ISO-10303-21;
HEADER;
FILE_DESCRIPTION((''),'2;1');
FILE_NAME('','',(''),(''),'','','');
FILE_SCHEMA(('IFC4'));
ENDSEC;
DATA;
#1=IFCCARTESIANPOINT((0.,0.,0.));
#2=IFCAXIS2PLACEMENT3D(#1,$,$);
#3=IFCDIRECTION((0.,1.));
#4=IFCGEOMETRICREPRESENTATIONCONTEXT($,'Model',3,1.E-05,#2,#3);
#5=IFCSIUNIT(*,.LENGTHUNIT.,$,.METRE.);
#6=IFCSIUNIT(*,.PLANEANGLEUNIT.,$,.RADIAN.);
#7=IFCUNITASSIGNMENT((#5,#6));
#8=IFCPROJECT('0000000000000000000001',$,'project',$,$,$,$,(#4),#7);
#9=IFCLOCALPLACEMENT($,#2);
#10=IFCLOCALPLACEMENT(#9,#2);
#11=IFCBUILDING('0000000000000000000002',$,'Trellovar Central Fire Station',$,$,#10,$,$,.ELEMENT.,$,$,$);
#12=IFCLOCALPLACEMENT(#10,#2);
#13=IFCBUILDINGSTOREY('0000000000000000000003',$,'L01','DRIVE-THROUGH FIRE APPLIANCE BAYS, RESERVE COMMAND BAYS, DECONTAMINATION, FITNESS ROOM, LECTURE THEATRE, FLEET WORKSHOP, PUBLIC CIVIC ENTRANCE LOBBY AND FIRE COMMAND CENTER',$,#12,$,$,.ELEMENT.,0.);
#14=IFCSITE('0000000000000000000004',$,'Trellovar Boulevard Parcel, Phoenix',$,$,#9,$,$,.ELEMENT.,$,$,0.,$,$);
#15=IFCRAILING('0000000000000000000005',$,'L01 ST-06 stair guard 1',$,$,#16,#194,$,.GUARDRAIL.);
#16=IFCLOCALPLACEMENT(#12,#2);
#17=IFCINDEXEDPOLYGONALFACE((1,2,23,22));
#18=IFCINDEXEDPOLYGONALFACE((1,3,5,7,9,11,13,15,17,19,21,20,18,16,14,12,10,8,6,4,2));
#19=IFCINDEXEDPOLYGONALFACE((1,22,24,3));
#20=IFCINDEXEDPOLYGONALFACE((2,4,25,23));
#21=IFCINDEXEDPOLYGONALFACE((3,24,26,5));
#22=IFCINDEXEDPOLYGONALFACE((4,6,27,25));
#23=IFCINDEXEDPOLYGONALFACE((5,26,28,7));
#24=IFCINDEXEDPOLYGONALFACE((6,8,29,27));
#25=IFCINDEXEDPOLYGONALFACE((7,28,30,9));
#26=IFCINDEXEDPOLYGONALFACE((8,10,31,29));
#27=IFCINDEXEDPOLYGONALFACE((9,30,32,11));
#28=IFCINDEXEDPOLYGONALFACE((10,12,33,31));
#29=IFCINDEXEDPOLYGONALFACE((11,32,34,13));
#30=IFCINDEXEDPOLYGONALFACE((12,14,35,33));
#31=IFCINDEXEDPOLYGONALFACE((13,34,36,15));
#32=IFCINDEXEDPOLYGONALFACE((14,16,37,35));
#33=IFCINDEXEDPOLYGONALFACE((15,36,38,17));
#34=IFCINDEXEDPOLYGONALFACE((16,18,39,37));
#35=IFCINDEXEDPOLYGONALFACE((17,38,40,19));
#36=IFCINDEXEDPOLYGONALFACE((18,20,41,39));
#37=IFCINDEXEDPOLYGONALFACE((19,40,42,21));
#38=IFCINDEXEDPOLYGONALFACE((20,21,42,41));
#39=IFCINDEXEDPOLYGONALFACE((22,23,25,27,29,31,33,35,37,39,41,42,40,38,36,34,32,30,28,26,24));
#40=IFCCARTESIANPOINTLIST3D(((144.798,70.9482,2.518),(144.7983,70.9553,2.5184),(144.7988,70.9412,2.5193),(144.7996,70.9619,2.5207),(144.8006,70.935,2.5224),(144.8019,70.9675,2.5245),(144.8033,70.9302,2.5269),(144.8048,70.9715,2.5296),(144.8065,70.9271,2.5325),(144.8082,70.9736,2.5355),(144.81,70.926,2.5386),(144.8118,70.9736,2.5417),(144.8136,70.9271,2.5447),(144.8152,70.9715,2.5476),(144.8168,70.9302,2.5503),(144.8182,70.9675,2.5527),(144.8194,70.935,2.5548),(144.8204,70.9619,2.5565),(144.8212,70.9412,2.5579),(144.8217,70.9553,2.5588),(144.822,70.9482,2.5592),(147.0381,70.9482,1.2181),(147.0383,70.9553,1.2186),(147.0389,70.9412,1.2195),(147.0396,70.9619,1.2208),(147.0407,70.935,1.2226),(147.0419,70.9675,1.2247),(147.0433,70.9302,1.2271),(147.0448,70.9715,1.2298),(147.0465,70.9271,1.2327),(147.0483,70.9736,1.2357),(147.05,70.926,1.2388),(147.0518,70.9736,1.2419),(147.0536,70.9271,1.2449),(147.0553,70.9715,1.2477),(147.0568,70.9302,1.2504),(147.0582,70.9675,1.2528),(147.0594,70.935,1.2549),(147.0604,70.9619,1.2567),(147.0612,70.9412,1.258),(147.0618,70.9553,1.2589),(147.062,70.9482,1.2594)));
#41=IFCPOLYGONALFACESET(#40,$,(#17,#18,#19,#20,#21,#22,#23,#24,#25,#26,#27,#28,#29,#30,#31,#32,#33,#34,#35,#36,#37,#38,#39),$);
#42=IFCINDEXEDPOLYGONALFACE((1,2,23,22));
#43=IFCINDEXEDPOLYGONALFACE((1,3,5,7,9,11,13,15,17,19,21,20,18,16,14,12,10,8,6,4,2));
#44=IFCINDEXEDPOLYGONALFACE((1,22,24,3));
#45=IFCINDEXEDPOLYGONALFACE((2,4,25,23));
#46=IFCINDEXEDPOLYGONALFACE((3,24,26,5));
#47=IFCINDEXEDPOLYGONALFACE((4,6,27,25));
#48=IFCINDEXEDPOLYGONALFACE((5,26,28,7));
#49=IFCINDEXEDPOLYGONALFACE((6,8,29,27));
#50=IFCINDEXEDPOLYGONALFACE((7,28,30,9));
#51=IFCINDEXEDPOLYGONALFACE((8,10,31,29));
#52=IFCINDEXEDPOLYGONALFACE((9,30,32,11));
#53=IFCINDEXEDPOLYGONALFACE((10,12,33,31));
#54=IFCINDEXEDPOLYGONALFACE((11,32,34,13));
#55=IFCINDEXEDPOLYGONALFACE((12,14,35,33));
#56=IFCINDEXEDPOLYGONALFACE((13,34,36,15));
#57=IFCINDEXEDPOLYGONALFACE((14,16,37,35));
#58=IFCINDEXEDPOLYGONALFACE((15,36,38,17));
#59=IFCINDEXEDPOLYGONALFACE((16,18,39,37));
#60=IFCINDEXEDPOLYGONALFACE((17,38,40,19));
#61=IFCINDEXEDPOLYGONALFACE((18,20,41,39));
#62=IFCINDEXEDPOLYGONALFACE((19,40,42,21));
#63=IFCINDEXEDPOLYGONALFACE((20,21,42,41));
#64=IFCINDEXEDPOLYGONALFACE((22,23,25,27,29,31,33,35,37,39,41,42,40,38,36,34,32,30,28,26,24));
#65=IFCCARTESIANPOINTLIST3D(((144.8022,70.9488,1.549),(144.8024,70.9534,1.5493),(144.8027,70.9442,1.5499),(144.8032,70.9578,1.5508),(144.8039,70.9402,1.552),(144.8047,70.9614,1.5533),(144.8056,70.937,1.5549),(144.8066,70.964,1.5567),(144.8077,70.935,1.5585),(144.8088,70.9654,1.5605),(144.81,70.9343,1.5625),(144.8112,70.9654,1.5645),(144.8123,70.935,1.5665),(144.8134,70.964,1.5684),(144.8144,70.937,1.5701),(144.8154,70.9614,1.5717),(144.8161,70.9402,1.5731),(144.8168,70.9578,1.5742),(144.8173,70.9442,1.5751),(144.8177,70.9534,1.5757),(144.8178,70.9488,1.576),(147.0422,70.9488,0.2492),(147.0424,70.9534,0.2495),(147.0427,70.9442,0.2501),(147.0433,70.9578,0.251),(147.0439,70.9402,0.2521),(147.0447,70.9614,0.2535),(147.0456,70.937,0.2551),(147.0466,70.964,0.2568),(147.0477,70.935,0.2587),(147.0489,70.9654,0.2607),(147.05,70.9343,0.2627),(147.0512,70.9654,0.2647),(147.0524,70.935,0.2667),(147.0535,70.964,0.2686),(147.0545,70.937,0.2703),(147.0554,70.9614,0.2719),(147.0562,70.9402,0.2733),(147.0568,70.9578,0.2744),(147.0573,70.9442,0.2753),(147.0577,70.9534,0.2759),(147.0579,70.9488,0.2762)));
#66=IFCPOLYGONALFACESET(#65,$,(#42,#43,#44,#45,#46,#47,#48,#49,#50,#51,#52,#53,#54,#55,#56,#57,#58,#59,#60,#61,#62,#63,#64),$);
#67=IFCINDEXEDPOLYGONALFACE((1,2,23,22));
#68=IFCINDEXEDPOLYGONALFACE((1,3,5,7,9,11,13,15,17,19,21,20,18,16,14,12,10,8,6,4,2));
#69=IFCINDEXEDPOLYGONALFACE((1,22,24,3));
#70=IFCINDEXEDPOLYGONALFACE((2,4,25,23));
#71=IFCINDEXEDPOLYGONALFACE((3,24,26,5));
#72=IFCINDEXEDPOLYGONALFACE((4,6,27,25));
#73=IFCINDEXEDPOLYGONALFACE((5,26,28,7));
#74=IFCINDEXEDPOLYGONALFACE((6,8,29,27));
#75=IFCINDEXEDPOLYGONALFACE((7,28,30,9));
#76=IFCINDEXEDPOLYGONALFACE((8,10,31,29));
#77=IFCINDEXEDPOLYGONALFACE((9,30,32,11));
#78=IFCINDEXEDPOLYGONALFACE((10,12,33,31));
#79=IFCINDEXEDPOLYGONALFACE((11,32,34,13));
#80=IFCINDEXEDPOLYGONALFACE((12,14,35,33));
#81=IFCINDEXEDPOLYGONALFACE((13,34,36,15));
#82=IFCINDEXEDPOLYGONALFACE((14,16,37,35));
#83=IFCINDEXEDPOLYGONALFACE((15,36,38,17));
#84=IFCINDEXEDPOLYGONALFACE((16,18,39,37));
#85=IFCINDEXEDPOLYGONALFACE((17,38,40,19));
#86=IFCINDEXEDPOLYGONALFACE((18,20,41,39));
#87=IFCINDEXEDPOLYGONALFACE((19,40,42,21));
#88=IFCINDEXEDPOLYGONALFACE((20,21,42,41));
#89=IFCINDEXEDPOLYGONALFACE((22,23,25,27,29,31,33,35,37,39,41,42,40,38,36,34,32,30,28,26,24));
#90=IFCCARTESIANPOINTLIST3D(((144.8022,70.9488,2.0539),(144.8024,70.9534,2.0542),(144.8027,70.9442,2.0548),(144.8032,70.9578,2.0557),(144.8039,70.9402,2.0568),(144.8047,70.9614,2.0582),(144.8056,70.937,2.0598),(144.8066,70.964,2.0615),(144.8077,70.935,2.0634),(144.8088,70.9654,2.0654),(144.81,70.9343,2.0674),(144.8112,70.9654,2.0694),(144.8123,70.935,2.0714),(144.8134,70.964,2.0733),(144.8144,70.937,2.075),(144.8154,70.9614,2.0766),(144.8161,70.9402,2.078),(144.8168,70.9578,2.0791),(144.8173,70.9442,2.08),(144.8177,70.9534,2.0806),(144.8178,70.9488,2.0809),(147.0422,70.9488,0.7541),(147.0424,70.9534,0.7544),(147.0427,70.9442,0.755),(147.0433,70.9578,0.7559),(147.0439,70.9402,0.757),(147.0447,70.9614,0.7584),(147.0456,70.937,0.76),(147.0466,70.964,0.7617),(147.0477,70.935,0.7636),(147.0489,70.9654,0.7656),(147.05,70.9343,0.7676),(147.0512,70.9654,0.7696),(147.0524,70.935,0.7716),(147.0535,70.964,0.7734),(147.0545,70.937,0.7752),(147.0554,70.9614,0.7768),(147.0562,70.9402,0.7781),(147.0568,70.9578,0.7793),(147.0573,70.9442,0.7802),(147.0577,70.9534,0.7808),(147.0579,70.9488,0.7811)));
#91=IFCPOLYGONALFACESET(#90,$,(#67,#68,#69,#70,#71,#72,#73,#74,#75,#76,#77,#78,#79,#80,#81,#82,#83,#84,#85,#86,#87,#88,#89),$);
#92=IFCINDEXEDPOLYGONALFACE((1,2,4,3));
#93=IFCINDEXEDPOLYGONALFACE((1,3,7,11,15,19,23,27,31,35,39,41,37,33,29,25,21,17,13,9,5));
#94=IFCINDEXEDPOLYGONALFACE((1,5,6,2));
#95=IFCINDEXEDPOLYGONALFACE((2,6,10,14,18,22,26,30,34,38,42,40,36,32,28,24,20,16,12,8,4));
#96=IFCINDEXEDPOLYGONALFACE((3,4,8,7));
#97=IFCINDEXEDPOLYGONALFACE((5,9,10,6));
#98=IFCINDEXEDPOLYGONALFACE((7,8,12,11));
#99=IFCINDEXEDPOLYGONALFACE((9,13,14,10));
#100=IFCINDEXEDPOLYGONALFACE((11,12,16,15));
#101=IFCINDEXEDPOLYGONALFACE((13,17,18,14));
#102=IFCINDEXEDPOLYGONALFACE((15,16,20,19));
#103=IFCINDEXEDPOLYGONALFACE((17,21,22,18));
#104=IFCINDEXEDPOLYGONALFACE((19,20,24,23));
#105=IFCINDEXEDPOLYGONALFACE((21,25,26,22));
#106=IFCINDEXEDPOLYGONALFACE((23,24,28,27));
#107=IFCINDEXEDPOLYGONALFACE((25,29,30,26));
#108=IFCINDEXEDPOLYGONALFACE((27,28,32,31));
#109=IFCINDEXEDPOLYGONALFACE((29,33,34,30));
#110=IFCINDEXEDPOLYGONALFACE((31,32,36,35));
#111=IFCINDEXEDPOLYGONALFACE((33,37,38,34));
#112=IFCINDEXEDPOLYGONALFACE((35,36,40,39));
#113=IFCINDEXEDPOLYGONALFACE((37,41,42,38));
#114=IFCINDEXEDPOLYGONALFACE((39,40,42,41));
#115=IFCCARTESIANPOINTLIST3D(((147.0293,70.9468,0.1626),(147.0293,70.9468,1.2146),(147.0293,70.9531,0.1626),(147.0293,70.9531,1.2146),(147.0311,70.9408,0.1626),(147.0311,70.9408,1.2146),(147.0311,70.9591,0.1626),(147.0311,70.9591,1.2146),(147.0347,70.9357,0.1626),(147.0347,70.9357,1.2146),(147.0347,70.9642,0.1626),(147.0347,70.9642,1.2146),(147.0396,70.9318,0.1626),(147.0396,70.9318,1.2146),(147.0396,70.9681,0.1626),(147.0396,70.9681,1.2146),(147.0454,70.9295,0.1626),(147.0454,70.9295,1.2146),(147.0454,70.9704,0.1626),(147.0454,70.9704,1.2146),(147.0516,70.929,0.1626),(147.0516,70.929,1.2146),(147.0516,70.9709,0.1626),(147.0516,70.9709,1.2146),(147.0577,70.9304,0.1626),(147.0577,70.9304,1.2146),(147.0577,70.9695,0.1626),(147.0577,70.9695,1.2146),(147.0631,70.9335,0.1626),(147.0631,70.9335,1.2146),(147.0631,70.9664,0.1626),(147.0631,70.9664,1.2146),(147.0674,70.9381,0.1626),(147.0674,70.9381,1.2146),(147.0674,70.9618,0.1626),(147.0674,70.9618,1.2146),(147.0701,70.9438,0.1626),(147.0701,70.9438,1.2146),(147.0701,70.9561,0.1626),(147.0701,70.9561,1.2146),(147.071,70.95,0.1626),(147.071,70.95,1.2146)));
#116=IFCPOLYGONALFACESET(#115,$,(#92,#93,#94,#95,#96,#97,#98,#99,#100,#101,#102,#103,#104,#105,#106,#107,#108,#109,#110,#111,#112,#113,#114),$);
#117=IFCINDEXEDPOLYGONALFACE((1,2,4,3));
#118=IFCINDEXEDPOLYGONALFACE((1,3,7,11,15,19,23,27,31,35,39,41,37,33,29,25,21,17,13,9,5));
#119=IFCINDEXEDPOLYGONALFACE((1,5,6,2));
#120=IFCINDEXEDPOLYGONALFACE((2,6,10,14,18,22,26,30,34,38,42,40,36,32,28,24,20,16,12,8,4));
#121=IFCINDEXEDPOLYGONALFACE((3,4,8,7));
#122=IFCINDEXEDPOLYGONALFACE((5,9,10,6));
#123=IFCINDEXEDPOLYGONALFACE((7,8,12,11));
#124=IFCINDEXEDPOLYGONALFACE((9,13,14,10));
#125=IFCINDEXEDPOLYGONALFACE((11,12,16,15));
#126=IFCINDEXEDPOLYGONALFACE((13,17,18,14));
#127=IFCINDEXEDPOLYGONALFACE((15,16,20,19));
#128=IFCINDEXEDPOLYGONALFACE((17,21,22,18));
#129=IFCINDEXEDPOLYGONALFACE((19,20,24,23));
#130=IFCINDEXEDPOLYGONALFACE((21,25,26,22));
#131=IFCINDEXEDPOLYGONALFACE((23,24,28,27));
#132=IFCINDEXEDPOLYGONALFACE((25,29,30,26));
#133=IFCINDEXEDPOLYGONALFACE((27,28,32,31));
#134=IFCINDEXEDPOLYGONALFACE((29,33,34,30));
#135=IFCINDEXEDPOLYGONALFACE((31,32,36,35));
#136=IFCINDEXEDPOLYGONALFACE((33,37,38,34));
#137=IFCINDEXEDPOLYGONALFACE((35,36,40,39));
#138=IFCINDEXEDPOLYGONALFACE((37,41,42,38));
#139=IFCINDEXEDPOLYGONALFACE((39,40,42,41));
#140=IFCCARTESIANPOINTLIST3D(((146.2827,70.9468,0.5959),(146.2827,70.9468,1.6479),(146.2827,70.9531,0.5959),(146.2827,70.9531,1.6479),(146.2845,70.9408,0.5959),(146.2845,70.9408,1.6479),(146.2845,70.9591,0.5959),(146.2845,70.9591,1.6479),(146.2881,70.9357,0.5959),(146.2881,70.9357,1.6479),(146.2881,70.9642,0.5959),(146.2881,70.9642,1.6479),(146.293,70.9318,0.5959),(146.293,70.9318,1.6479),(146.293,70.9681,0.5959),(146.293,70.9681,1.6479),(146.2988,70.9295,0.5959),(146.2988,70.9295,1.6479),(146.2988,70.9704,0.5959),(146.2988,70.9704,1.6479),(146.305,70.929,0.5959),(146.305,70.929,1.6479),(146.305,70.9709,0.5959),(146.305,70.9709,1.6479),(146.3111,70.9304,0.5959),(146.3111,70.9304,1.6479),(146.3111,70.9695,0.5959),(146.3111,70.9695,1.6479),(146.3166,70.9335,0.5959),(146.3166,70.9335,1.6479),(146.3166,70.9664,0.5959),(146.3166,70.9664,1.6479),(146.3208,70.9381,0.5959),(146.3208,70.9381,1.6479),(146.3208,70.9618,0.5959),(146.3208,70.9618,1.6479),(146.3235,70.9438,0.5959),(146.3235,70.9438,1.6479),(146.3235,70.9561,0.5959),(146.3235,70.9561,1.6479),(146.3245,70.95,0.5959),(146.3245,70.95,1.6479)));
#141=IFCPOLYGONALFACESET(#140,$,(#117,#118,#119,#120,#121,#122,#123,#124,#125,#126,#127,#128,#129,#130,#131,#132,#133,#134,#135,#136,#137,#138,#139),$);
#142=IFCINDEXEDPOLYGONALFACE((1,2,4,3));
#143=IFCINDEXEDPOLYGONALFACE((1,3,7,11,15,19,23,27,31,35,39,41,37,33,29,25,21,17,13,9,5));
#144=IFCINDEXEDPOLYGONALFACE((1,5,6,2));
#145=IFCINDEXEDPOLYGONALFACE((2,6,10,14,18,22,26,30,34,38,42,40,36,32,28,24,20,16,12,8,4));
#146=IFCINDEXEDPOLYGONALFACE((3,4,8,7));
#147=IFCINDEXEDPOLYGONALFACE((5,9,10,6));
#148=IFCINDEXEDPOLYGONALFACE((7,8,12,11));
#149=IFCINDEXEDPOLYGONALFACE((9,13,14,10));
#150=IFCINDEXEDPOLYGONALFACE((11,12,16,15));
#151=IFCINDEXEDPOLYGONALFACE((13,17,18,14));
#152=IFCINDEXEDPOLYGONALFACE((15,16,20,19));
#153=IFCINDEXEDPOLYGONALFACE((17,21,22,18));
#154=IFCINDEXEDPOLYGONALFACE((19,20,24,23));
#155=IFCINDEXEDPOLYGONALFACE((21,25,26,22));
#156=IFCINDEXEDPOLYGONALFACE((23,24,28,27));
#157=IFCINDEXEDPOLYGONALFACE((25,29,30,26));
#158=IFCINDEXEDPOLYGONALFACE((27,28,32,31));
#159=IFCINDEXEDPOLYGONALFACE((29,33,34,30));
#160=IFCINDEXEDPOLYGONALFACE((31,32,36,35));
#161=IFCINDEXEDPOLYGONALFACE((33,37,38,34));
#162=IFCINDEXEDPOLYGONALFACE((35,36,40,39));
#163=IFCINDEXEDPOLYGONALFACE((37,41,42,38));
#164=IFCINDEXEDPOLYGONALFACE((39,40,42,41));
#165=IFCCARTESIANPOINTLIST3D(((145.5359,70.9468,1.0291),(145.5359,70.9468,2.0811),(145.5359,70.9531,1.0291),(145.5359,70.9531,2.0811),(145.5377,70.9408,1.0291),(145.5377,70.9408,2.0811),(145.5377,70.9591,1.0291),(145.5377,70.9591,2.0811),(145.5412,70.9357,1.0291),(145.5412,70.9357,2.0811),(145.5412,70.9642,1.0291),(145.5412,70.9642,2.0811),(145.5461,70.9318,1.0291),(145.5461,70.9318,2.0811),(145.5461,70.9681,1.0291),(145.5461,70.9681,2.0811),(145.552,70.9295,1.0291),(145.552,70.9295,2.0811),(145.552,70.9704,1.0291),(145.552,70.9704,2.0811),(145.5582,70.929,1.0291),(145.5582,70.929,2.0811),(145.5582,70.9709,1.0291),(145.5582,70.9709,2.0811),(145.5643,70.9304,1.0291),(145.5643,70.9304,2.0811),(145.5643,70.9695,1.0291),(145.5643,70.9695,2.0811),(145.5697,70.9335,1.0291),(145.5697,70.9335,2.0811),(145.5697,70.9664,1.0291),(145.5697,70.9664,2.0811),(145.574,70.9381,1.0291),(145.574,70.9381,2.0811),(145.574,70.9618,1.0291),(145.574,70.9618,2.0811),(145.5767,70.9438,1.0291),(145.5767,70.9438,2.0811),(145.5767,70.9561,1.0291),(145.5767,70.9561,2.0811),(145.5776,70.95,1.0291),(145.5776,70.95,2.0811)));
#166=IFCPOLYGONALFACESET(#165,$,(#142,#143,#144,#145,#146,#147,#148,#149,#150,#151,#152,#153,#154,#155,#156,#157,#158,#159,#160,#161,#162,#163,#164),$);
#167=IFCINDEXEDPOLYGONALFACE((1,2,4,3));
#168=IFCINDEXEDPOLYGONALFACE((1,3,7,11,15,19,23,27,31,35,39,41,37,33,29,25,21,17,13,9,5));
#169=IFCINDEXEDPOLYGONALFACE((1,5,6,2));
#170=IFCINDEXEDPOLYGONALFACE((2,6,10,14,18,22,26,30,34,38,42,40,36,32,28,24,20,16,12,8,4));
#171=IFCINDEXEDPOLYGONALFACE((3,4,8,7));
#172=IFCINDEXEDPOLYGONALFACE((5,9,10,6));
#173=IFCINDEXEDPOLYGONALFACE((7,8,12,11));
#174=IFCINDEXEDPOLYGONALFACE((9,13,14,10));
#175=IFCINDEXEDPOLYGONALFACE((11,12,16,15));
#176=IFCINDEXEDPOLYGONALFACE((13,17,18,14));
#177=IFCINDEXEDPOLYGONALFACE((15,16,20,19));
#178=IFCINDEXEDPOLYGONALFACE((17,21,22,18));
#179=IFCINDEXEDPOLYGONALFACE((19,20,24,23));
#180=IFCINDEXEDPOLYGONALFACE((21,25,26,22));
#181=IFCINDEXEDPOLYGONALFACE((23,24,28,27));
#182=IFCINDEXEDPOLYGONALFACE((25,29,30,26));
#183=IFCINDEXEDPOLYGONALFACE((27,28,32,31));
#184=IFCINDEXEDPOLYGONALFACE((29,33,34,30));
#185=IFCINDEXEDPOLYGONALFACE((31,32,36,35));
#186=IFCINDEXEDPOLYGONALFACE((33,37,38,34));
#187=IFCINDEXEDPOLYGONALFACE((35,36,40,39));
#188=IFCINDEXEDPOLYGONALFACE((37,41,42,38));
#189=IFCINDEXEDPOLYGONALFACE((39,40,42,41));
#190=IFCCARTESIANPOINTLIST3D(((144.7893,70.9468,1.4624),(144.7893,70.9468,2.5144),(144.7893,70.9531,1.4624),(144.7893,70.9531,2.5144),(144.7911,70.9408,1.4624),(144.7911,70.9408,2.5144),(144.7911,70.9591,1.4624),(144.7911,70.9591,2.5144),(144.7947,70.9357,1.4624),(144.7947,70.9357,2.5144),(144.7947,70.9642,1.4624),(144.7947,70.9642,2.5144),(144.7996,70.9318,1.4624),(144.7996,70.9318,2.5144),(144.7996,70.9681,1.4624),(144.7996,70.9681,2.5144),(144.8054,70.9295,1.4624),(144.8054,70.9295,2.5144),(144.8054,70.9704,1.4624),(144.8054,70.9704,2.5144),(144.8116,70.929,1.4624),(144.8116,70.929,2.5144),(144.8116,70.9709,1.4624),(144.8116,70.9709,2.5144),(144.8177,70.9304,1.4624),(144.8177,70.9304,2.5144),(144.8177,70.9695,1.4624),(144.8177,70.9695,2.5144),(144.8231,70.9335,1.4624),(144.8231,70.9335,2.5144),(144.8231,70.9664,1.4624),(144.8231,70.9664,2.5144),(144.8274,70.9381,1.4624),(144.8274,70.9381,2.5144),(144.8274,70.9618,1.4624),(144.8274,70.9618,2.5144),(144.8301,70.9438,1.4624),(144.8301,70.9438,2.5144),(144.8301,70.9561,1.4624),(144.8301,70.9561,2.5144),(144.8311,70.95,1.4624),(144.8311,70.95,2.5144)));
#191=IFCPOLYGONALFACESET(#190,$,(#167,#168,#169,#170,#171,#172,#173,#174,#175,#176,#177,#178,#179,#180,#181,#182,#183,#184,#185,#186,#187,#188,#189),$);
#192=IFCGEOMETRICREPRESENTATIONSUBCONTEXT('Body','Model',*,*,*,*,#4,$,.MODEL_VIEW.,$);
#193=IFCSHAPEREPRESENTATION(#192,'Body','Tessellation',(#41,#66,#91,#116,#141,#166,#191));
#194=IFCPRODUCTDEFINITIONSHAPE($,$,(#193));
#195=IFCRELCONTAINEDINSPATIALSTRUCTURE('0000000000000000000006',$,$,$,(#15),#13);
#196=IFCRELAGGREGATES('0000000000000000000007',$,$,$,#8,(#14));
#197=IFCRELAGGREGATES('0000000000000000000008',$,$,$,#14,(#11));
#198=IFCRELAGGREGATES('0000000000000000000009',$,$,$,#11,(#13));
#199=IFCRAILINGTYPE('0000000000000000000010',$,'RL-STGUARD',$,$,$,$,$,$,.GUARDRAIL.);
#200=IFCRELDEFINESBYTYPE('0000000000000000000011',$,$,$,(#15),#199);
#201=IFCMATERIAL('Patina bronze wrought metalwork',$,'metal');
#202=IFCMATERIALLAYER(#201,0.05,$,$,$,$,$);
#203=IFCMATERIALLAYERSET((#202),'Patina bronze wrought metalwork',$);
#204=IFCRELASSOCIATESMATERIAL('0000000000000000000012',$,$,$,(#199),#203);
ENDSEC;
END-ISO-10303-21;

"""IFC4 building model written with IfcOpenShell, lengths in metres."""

from ifc_helpers import new_model, si_unit, direction, frame, origin, origin_2d, place, context, subcontext, project, spatial, circle, extrude, material, layer, layer_set, type_object, element, save


model = new_model("IFC4")

# Units and contexts
model_context = context("Model", 3, precision=1e-05, world=origin(), true_north=direction((0.0, 1.0)))
body_context = subcontext(model_context, "Body", "Model", "MODEL_VIEW")
ifc_project = project(units=[si_unit("LENGTHUNIT", "METRE"), si_unit("PLANEANGLEUNIT", "RADIAN")], contexts=[model_context])

# Site, building, storey
site_placement = place(None, origin())
site = spatial("IfcSite", under=ifc_project, at=site_placement, Name="Trellovar Boulevard Parcel, Phoenix", CompositionType="ELEMENT", RefElevation=0.0)
building_placement = place(site_placement, origin())
building = spatial("IfcBuilding", under=site, at=building_placement, Name="Trellovar Central Fire Station", CompositionType="ELEMENT")
storey_placement = place(building_placement, origin())
storey = spatial("IfcBuildingStorey", under=building, at=storey_placement, Name="L01", Description="DRIVE-THROUGH FIRE APPLIANCE BAYS, RESERVE COMMAND BAYS, DECONTAMINATION, FITNESS ROOM, LECTURE THEATRE, FLEET WORKSHOP, PUBLIC CIVIC ENTRANCE LOBBY AND FIRE COMMAND CENTER", CompositionType="ELEMENT", Elevation=0.0)

# Railing
ifc_material_1 = material(Name="Patina bronze wrought metalwork", Category="metal")
ifc_layer_1 = layer(ifc_material_1, 0.05)
ifc_layer_set_1 = layer_set([ifc_layer_1], Name="Patina bronze wrought metalwork")
railing_type_1 = type_object("IfcRailingType", Name="RL-STGUARD", PredefinedType="GUARDRAIL", material=ifc_layer_set_1)
railing_1_placement = place(storey_placement, frame((147.05, 70.95, 0.1626)))
element("IfcRailing", 1, at=railing_1_placement, inside=storey, type_object=railing_type_1, Name="L01 ST-06 stair guard 1", PredefinedType="GUARDRAIL", context=body_context, shape_type="SweptSolid", body=[
    extrude(circle(Radius=0.0239, at=origin_2d()), frame((0.0, 0.0, 1.0762), z_axis=(-0.864929, 0.0, 0.501894), x_axis=(0.0, -1.0, 0.0)), (0.0, 0.0, 1.0), 2.5898),
    extrude(circle(Radius=0.0156, at=origin_2d()), frame((0.0, 0.0, 0.1001), z_axis=(-0.864929, 0.0, 0.501894), x_axis=(0.0, -1.0, 0.0)), (0.0, 0.0, 1.0), 2.5898),
    extrude(circle(Radius=0.0156, at=origin_2d()), frame((0.0, 0.0, 0.605), z_axis=(-0.864929, 0.0, 0.501894), x_axis=(0.0, -1.0, 0.0)), (0.0, 0.0, 1.0), 2.5898),
    extrude(circle(Radius=0.021, at=origin_2d()), origin(), (0.0, 0.0, 1.0), 1.052),
    extrude(circle(Radius=0.021, at=origin_2d()), frame((-0.7466, 0.0, 0.4333)), (0.0, 0.0, 1.0), 1.052),
    extrude(circle(Radius=0.021, at=origin_2d()), frame((-1.4934, 0.0, 0.8665)), (0.0, 0.0, 1.0), 1.052),
    extrude(circle(Radius=0.021, at=origin_2d()), frame((-2.24, 0.0, 1.2998)), (0.0, 0.0, 1.0), 1.052),
])

save(model, "model.ifc")
